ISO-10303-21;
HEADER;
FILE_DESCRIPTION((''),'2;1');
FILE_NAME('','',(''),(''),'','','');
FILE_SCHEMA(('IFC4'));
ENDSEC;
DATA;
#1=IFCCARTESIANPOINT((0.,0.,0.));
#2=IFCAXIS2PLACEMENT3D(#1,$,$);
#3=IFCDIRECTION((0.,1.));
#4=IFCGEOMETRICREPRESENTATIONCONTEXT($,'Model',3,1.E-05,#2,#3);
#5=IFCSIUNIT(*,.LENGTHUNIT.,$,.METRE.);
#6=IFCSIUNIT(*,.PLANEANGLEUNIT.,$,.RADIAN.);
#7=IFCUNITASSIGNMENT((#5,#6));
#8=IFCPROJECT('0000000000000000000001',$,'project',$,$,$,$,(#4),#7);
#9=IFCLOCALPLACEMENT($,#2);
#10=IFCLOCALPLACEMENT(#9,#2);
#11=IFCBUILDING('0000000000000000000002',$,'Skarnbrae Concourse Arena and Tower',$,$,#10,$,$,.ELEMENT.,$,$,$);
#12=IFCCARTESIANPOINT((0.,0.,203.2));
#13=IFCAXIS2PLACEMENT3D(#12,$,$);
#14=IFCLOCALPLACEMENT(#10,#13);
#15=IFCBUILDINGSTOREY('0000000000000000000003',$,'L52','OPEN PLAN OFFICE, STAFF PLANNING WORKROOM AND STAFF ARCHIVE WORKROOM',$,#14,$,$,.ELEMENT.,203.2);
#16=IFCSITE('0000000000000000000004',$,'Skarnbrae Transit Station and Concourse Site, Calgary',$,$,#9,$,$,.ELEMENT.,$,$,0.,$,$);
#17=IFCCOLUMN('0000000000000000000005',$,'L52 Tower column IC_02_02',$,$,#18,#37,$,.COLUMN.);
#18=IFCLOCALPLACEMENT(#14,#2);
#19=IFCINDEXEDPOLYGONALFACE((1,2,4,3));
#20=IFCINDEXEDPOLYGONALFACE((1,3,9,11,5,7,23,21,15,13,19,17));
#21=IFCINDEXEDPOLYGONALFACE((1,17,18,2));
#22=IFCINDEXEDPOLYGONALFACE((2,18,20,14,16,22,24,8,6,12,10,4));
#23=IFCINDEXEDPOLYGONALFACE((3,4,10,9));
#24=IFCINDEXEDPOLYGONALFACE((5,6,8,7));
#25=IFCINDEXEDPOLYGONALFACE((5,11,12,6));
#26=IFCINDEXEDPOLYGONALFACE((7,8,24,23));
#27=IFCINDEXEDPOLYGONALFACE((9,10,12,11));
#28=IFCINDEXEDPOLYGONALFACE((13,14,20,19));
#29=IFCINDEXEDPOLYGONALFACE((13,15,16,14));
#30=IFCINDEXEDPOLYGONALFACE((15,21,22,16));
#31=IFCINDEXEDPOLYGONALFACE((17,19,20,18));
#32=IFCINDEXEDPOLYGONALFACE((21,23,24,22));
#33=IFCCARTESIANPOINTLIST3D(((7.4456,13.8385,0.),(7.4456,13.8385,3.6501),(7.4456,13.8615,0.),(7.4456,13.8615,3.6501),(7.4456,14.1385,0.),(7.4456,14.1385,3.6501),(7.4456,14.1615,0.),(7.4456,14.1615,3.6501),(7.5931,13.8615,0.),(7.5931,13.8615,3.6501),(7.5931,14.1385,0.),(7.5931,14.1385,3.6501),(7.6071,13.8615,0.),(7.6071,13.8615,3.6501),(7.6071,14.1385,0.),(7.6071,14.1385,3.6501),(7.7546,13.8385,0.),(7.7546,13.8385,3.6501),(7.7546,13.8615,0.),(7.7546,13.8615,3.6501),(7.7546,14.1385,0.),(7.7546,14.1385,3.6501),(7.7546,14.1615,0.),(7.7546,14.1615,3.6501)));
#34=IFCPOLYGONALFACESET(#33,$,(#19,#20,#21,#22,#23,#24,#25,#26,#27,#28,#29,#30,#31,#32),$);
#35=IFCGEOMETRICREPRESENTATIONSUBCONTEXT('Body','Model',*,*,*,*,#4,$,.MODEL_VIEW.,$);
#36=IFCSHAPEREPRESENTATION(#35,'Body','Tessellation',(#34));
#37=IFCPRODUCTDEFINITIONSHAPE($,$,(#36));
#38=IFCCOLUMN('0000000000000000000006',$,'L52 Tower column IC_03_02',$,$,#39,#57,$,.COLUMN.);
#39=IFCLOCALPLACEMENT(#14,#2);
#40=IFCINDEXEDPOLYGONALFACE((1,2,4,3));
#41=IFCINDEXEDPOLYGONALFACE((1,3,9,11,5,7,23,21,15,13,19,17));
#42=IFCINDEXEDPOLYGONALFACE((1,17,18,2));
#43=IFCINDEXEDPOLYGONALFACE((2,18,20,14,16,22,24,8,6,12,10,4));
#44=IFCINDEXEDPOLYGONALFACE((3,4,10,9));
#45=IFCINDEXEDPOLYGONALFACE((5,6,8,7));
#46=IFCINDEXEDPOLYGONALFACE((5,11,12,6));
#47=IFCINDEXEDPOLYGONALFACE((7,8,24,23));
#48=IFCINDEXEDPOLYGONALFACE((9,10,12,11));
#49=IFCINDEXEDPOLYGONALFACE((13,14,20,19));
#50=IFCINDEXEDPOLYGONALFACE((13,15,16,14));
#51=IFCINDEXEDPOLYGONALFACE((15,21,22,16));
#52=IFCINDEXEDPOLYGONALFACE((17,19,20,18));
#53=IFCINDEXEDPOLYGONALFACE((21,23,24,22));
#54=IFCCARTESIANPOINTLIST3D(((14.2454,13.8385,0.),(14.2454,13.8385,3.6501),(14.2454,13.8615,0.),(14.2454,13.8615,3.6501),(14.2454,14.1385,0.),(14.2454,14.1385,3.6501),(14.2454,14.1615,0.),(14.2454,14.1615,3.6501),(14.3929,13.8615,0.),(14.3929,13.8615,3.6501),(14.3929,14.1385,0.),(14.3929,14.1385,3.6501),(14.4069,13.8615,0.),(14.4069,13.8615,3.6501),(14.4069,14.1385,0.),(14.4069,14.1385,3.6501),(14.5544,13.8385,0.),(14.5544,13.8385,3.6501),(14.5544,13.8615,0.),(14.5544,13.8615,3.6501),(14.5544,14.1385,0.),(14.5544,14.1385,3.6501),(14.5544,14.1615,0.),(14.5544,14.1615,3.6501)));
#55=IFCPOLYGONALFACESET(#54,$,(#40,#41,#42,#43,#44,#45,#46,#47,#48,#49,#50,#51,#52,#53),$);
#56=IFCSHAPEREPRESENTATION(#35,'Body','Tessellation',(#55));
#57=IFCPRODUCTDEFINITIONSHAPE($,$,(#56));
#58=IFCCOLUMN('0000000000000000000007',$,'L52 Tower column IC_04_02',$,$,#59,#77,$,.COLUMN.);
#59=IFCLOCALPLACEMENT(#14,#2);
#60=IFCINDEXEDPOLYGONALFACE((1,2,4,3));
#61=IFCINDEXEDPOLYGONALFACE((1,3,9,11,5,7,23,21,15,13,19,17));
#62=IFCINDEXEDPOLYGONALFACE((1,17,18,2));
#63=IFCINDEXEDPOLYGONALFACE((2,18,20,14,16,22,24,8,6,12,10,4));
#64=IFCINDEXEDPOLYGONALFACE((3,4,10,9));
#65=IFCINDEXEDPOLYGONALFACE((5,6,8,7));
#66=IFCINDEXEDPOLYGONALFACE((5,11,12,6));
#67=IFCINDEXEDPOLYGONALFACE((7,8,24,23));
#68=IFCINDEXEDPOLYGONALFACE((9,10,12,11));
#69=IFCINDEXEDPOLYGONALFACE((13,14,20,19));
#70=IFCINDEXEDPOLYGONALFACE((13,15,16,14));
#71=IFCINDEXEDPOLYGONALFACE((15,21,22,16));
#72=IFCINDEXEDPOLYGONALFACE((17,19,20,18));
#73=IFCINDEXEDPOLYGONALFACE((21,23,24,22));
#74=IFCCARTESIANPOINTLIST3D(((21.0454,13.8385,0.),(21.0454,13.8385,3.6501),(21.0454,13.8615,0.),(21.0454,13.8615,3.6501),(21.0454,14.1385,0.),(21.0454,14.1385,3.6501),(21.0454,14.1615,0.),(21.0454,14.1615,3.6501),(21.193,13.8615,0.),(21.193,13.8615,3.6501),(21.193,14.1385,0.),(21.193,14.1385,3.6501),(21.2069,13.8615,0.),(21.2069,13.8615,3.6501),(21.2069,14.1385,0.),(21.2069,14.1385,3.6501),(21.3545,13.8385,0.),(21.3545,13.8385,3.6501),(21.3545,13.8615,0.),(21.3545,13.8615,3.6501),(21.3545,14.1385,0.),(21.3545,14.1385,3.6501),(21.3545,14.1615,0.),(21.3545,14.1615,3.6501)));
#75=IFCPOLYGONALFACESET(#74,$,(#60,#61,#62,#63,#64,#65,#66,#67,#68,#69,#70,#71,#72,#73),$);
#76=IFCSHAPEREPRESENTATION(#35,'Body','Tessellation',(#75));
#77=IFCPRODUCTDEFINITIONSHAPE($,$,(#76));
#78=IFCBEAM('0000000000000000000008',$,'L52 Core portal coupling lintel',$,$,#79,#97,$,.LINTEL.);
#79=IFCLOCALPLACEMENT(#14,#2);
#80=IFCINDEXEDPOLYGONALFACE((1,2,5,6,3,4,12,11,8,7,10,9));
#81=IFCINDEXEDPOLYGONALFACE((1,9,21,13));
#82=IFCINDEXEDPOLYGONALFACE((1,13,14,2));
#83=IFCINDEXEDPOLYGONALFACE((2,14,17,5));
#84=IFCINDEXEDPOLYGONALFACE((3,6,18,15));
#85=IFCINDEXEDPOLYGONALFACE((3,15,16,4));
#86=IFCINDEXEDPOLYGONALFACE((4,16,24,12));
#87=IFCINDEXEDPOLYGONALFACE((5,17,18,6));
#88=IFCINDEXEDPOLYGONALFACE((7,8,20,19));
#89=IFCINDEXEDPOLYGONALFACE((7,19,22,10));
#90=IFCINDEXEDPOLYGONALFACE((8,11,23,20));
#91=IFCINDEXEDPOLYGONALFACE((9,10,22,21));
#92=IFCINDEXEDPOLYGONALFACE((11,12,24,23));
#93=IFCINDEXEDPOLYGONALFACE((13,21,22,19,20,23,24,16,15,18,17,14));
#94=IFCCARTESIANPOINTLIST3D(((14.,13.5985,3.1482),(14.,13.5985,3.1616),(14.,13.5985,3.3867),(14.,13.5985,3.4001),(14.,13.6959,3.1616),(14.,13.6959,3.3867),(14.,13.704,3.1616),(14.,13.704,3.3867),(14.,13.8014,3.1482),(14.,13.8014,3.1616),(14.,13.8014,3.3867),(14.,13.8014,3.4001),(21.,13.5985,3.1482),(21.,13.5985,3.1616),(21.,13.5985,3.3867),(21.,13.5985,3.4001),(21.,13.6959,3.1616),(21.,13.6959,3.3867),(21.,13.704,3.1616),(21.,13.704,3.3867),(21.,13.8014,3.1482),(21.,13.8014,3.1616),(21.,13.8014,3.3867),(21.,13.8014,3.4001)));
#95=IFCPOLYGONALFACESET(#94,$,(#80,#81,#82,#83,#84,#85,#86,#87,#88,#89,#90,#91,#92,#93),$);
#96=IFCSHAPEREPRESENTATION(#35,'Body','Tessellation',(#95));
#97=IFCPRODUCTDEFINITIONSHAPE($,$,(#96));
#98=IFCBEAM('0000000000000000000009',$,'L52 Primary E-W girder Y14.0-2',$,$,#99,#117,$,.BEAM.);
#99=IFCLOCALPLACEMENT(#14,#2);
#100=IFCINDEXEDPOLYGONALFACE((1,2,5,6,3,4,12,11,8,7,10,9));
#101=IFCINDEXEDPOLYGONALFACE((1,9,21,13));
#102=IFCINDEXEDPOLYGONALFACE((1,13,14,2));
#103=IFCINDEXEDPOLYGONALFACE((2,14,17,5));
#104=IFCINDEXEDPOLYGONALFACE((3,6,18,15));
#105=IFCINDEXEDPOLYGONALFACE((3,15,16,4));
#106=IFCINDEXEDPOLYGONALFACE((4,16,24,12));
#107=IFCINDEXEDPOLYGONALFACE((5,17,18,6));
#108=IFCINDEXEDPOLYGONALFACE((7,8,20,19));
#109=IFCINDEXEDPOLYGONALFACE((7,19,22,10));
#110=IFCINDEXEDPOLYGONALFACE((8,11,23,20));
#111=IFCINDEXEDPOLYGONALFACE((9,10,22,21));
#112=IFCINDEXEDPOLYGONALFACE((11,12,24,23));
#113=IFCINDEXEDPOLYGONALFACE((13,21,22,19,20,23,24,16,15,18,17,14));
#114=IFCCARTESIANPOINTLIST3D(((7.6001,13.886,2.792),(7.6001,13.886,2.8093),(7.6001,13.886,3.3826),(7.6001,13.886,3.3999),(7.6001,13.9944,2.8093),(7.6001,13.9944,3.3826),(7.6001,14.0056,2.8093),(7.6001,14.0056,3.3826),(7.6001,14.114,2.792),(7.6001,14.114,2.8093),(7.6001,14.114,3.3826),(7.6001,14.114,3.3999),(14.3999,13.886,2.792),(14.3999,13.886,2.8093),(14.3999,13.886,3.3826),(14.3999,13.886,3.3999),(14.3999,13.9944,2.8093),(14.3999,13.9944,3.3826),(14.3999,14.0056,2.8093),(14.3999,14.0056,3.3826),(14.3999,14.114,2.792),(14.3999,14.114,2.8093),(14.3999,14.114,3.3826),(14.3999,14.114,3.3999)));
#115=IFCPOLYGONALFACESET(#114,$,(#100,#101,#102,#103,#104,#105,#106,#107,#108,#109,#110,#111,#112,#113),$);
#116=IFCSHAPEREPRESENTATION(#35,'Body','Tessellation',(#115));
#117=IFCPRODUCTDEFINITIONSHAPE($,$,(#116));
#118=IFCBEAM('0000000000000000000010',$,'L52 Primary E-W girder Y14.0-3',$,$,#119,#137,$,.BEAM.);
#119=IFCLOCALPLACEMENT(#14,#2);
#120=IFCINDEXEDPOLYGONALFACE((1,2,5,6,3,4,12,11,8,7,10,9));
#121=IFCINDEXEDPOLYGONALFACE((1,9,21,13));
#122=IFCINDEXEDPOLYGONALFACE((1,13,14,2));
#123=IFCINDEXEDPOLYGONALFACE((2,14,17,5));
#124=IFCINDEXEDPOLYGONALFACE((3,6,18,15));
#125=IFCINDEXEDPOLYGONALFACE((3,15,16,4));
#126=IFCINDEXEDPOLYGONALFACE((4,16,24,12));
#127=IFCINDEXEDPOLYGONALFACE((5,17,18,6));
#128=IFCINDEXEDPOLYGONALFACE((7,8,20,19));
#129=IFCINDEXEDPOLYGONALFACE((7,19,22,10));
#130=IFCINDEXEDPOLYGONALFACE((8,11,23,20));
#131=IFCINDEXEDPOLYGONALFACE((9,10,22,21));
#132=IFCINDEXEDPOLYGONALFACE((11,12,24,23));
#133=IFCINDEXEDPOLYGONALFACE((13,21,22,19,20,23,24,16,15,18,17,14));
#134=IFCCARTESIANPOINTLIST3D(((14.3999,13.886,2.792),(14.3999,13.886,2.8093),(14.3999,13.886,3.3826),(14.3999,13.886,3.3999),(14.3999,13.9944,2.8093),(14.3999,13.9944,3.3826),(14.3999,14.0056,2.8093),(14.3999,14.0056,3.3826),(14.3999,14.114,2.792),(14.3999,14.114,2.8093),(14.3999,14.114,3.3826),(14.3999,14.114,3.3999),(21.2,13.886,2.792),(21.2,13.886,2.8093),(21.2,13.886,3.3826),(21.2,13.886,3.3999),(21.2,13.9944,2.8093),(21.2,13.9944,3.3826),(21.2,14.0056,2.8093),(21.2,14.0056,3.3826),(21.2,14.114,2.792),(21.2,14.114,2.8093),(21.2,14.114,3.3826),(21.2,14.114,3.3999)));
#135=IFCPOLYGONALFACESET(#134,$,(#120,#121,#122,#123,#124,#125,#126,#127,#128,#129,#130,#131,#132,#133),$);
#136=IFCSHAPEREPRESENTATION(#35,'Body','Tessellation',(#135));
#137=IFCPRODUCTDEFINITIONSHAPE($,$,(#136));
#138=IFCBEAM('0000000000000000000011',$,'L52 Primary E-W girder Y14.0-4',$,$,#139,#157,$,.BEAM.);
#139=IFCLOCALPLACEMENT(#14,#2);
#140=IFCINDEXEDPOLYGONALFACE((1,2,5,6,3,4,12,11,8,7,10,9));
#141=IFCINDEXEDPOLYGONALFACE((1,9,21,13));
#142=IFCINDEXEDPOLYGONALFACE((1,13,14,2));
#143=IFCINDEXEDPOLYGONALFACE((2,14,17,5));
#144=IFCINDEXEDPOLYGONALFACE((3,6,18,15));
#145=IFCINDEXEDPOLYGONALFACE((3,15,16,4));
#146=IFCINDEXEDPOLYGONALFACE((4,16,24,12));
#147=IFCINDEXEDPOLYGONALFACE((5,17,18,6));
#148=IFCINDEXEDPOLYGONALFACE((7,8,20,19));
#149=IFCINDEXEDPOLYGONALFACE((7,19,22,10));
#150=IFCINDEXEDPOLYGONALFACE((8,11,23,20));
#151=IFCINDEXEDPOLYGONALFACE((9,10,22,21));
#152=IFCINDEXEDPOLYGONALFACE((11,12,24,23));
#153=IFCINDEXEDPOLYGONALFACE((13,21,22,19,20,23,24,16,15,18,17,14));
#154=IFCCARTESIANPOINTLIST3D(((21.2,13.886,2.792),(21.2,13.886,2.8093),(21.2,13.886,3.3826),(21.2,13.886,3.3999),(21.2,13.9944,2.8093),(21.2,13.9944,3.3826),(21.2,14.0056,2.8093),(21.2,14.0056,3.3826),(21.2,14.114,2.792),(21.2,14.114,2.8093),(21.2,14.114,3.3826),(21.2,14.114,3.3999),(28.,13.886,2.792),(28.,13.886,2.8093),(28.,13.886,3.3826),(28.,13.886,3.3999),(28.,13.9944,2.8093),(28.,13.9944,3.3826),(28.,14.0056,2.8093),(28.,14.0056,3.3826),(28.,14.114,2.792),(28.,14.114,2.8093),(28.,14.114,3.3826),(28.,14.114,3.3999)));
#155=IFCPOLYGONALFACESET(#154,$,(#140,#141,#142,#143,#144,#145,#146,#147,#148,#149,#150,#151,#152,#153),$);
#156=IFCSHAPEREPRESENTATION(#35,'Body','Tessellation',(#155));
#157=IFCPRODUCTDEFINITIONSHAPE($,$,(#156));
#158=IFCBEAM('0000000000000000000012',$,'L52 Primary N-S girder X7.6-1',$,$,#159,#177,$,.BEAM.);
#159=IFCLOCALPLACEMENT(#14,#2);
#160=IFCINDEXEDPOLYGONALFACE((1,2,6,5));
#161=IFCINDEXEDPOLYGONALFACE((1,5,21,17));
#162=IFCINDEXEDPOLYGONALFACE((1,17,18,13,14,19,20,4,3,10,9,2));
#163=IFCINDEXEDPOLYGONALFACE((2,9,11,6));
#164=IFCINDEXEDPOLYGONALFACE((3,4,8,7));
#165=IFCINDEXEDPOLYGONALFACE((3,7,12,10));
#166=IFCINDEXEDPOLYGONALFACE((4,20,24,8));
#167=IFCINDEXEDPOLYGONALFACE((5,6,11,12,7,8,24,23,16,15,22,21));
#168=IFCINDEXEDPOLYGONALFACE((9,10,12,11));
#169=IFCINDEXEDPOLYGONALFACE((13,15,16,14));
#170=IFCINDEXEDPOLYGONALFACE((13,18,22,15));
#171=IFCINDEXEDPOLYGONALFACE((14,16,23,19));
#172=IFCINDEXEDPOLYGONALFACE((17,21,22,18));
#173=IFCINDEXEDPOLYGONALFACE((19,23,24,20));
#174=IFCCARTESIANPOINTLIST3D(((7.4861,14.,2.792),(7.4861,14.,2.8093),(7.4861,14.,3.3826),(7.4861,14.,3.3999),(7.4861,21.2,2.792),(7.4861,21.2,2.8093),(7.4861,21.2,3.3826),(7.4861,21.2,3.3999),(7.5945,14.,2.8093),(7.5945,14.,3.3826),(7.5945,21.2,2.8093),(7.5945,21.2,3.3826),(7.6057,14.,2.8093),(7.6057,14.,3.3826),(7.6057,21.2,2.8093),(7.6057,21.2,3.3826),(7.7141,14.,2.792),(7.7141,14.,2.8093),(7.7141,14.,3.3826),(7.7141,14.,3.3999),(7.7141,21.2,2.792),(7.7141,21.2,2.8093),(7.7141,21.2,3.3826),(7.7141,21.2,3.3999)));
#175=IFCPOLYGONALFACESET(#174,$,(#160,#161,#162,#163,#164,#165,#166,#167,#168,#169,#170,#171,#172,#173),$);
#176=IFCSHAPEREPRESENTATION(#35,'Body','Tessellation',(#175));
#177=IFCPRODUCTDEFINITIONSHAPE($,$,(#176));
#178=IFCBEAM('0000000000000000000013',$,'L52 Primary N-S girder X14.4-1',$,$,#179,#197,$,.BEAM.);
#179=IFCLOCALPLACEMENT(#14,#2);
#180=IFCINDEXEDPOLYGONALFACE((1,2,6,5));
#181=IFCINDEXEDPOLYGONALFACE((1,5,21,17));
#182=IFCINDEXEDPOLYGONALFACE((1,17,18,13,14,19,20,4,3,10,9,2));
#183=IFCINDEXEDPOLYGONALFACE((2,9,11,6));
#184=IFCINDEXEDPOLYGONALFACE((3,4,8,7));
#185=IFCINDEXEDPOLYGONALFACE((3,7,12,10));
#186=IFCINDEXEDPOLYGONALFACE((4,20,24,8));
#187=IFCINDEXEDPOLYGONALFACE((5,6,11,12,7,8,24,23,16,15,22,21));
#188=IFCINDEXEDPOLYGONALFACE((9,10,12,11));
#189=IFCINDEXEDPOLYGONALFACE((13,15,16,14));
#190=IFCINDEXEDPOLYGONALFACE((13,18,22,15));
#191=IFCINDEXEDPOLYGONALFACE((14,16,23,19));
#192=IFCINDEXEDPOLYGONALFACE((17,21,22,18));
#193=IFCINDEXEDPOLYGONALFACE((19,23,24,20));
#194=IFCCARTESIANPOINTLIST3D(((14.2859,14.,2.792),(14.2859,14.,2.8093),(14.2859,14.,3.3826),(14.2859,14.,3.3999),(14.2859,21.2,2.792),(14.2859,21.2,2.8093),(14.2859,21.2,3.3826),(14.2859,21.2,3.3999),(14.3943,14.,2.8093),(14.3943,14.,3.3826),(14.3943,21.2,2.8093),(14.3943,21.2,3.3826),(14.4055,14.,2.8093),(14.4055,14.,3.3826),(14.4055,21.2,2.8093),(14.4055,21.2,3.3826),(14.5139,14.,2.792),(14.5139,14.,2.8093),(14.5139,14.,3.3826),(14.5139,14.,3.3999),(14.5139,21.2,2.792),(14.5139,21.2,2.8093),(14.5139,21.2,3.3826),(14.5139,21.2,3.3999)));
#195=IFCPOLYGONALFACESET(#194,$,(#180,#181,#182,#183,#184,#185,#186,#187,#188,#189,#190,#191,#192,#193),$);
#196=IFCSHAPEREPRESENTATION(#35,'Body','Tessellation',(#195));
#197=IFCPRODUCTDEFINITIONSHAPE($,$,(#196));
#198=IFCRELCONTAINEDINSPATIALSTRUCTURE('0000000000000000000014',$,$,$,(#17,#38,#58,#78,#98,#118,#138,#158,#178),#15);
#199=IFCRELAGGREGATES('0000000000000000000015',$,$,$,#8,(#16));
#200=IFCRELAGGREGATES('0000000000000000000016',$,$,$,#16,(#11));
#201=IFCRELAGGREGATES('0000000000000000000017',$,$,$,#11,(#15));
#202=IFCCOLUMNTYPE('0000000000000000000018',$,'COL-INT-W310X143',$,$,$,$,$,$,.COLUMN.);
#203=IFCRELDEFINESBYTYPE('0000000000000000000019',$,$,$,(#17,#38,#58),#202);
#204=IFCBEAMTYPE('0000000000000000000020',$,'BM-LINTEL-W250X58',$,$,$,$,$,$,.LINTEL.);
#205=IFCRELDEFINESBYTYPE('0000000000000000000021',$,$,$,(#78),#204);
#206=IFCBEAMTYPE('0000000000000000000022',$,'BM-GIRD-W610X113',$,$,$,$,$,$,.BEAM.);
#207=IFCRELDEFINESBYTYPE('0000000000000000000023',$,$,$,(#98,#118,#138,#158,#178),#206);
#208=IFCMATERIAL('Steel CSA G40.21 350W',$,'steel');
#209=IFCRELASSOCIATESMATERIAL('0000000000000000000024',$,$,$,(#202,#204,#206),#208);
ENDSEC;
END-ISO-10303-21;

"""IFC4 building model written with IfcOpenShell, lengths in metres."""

from ifc_helpers import new_model, si_unit, direction, frame, origin, origin_2d, place, context, subcontext, project, spatial, i_section, extrude, source, transform, mapped, material, material_profile, profile_set, type_object, element, save


model = new_model("IFC4")

# Units and contexts
model_context = context("Model", 3, precision=1e-05, world=origin(), true_north=direction((0.0, 1.0)))
body_context = subcontext(model_context, "Body", "Model", "MODEL_VIEW")
ifc_project = project(units=[si_unit("LENGTHUNIT", "METRE"), si_unit("PLANEANGLEUNIT", "RADIAN")], contexts=[model_context])

# Site, building, storey
site_placement = place(None, origin())
site = spatial("IfcSite", under=ifc_project, at=site_placement, Name="Skarnbrae Transit Station and Concourse Site, Calgary", CompositionType="ELEMENT", RefElevation=0.0)
building_placement = place(site_placement, origin())
building = spatial("IfcBuilding", under=site, at=building_placement, Name="Skarnbrae Concourse Arena and Tower", CompositionType="ELEMENT")
storey_placement = place(building_placement, frame((0.0, 0.0, 203.2)))
storey = spatial("IfcBuildingStorey", under=building, at=storey_placement, Name="L52", Description="OPEN PLAN OFFICE, STAFF PLANNING WORKROOM AND STAFF ARCHIVE WORKROOM", CompositionType="ELEMENT", Elevation=203.2)

# Columns
ifc_material_1 = material(Name="Steel CSA G40.21 350W", Category="steel")
ifc_material_profile_1 = material_profile(ifc_material_1, i_section(OverallWidth=0.3091, OverallDepth=0.323, WebThickness=0.0139, FlangeThickness=0.0229, at=origin_2d()), Name="W310X143")
ifc_profile_set_1 = profile_set([ifc_material_profile_1], Name="Steel CSA G40.21 350W")
column_type = type_object("IfcColumnType", Name="COL-INT-W310X143", PredefinedType="COLUMN", material=ifc_profile_set_1)
shared_shape_1 = source(origin(), body_context, "Body", "SweptSolid", [
    extrude(i_section(OverallWidth=0.3091, OverallDepth=0.323, WebThickness=0.0139, FlangeThickness=0.0229, at=origin_2d()), origin(), (0.0, 0.0, 1.0), 3.6501),
])
for number, where, z_axis, x_axis, name in (
    (1, (7.6001, 14.0, 0.0), (0.0, 0.0, 1.0), (1.0, 0.0, 0.0), "L52 Tower column IC_02_02"),
    (2, (14.3999, 14.0, 0.0), (0.0, 0.0, 1.0), (1.0, 0.0, 0.0), "L52 Tower column IC_03_02"),
    (3, (21.2, 14.0, 0.0), (0.0, 0.0, 1.0), (1.0, 0.0, 0.0), "L52 Tower column IC_04_02"),
):
    element("IfcColumn", number, at=place(storey_placement, frame(where, z_axis=z_axis, x_axis=x_axis)), inside=storey, type_object=column_type, Name=name, PredefinedType="COLUMN", context=body_context, shape_type="MappedRepresentation", body=[
        mapped(shared_shape_1, transform((0.0, 0.0, 0.0))),
    ])

# Beams
ifc_material_profile_2 = material_profile(ifc_material_1, i_section(OverallWidth=0.2029, OverallDepth=0.252, WebThickness=0.0081, FlangeThickness=0.0134, at=origin_2d()), Name="W250X58")
ifc_profile_set_2 = profile_set([ifc_material_profile_2], Name="Steel CSA G40.21 350W")
beam_type_1 = type_object("IfcBeamType", Name="BM-LINTEL-W250X58", PredefinedType="LINTEL", material=ifc_profile_set_2)
shared_shape_2 = source(origin(), body_context, "Body", "SweptSolid", [
    extrude(i_section(OverallWidth=0.2029, OverallDepth=0.252, WebThickness=0.0081, FlangeThickness=0.0134, at=origin_2d()), origin(), (0.0, 0.0, 1.0), 7.0),
])
beam_1_placement = place(storey_placement, frame((14.0, 13.7, 3.2742), z_axis=(1.0, 0.0, 0.0), x_axis=(0.0, 1.0, 0.0)))
element("IfcBeam", 4, at=beam_1_placement, inside=storey, type_object=beam_type_1, Name="L52 Core portal coupling lintel", PredefinedType="LINTEL", context=body_context, shape_type="MappedRepresentation", body=[
    mapped(shared_shape_2, transform((0.0, 0.0, 0.0))),
])
ifc_material_profile_3 = material_profile(ifc_material_1, i_section(OverallWidth=0.228, OverallDepth=0.6079, WebThickness=0.0112, FlangeThickness=0.0173, at=origin_2d()), Name="W610X113")
ifc_profile_set_3 = profile_set([ifc_material_profile_3], Name="Steel CSA G40.21 350W")
beam_type_2 = type_object("IfcBeamType", Name="BM-GIRD-W610X113", PredefinedType="BEAM", material=ifc_profile_set_3)
shared_shape_3 = source(origin(), body_context, "Body", "SweptSolid", [
    extrude(i_section(OverallWidth=0.228, OverallDepth=0.6079, WebThickness=0.0112, FlangeThickness=0.0173, at=origin_2d()), origin(), (0.0, 0.0, 1.0), 6.7998),
])
beam_2_placement = place(storey_placement, frame((7.6001, 14.0, 3.0959), z_axis=(1.0, 0.0, 0.0), x_axis=(0.0, 1.0, 0.0)))
element("IfcBeam", 5, at=beam_2_placement, inside=storey, type_object=beam_type_2, Name="L52 Primary E-W girder Y14.0-2", PredefinedType="BEAM", context=body_context, shape_type="MappedRepresentation", body=[
    mapped(shared_shape_3, transform((0.0, 0.0, 0.0))),
])
shared_shape_4 = source(origin(), body_context, "Body", "SweptSolid", [
    extrude(i_section(OverallWidth=0.228, OverallDepth=0.6079, WebThickness=0.0112, FlangeThickness=0.0173, at=origin_2d()), origin(), (0.0, 0.0, 1.0), 6.8),
])
for number, where, z_axis, x_axis, name in (
    (6, (14.3999, 14.0, 3.0959), (1.0, 0.0, 0.0), (0.0, 1.0, 0.0), "L52 Primary E-W girder Y14.0-3"),
    (7, (21.2, 14.0, 3.0959), (1.0, 0.0, 0.0), (0.0, 1.0, 0.0), "L52 Primary E-W girder Y14.0-4"),
):
    element("IfcBeam", number, at=place(storey_placement, frame(where, z_axis=z_axis, x_axis=x_axis)), inside=storey, type_object=beam_type_2, Name=name, PredefinedType="BEAM", context=body_context, shape_type="MappedRepresentation", body=[
        mapped(shared_shape_4, transform((0.0, 0.0, 0.0))),
    ])
shared_shape_5 = source(origin(), body_context, "Body", "SweptSolid", [
    extrude(i_section(OverallWidth=0.228, OverallDepth=0.6079, WebThickness=0.0112, FlangeThickness=0.0173, at=origin_2d()), origin(), (0.0, 0.0, 1.0), 7.2),
])
for number, where, z_axis, x_axis, name in (
    (8, (7.6001, 14.0, 3.0959), (0.0, 1.0, 0.0), (-1.0, 0.0, 0.0), "L52 Primary N-S girder X7.6-1"),
    (9, (14.3999, 14.0, 3.0959), (0.0, 1.0, 0.0), (-1.0, 0.0, 0.0), "L52 Primary N-S girder X14.4-1"),
):
    element("IfcBeam", number, at=place(storey_placement, frame(where, z_axis=z_axis, x_axis=x_axis)), inside=storey, type_object=beam_type_2, Name=name, PredefinedType="BEAM", context=body_context, shape_type="MappedRepresentation", body=[
        mapped(shared_shape_5, transform((0.0, 0.0, 0.0))),
    ])

save(model, "model.ifc")
